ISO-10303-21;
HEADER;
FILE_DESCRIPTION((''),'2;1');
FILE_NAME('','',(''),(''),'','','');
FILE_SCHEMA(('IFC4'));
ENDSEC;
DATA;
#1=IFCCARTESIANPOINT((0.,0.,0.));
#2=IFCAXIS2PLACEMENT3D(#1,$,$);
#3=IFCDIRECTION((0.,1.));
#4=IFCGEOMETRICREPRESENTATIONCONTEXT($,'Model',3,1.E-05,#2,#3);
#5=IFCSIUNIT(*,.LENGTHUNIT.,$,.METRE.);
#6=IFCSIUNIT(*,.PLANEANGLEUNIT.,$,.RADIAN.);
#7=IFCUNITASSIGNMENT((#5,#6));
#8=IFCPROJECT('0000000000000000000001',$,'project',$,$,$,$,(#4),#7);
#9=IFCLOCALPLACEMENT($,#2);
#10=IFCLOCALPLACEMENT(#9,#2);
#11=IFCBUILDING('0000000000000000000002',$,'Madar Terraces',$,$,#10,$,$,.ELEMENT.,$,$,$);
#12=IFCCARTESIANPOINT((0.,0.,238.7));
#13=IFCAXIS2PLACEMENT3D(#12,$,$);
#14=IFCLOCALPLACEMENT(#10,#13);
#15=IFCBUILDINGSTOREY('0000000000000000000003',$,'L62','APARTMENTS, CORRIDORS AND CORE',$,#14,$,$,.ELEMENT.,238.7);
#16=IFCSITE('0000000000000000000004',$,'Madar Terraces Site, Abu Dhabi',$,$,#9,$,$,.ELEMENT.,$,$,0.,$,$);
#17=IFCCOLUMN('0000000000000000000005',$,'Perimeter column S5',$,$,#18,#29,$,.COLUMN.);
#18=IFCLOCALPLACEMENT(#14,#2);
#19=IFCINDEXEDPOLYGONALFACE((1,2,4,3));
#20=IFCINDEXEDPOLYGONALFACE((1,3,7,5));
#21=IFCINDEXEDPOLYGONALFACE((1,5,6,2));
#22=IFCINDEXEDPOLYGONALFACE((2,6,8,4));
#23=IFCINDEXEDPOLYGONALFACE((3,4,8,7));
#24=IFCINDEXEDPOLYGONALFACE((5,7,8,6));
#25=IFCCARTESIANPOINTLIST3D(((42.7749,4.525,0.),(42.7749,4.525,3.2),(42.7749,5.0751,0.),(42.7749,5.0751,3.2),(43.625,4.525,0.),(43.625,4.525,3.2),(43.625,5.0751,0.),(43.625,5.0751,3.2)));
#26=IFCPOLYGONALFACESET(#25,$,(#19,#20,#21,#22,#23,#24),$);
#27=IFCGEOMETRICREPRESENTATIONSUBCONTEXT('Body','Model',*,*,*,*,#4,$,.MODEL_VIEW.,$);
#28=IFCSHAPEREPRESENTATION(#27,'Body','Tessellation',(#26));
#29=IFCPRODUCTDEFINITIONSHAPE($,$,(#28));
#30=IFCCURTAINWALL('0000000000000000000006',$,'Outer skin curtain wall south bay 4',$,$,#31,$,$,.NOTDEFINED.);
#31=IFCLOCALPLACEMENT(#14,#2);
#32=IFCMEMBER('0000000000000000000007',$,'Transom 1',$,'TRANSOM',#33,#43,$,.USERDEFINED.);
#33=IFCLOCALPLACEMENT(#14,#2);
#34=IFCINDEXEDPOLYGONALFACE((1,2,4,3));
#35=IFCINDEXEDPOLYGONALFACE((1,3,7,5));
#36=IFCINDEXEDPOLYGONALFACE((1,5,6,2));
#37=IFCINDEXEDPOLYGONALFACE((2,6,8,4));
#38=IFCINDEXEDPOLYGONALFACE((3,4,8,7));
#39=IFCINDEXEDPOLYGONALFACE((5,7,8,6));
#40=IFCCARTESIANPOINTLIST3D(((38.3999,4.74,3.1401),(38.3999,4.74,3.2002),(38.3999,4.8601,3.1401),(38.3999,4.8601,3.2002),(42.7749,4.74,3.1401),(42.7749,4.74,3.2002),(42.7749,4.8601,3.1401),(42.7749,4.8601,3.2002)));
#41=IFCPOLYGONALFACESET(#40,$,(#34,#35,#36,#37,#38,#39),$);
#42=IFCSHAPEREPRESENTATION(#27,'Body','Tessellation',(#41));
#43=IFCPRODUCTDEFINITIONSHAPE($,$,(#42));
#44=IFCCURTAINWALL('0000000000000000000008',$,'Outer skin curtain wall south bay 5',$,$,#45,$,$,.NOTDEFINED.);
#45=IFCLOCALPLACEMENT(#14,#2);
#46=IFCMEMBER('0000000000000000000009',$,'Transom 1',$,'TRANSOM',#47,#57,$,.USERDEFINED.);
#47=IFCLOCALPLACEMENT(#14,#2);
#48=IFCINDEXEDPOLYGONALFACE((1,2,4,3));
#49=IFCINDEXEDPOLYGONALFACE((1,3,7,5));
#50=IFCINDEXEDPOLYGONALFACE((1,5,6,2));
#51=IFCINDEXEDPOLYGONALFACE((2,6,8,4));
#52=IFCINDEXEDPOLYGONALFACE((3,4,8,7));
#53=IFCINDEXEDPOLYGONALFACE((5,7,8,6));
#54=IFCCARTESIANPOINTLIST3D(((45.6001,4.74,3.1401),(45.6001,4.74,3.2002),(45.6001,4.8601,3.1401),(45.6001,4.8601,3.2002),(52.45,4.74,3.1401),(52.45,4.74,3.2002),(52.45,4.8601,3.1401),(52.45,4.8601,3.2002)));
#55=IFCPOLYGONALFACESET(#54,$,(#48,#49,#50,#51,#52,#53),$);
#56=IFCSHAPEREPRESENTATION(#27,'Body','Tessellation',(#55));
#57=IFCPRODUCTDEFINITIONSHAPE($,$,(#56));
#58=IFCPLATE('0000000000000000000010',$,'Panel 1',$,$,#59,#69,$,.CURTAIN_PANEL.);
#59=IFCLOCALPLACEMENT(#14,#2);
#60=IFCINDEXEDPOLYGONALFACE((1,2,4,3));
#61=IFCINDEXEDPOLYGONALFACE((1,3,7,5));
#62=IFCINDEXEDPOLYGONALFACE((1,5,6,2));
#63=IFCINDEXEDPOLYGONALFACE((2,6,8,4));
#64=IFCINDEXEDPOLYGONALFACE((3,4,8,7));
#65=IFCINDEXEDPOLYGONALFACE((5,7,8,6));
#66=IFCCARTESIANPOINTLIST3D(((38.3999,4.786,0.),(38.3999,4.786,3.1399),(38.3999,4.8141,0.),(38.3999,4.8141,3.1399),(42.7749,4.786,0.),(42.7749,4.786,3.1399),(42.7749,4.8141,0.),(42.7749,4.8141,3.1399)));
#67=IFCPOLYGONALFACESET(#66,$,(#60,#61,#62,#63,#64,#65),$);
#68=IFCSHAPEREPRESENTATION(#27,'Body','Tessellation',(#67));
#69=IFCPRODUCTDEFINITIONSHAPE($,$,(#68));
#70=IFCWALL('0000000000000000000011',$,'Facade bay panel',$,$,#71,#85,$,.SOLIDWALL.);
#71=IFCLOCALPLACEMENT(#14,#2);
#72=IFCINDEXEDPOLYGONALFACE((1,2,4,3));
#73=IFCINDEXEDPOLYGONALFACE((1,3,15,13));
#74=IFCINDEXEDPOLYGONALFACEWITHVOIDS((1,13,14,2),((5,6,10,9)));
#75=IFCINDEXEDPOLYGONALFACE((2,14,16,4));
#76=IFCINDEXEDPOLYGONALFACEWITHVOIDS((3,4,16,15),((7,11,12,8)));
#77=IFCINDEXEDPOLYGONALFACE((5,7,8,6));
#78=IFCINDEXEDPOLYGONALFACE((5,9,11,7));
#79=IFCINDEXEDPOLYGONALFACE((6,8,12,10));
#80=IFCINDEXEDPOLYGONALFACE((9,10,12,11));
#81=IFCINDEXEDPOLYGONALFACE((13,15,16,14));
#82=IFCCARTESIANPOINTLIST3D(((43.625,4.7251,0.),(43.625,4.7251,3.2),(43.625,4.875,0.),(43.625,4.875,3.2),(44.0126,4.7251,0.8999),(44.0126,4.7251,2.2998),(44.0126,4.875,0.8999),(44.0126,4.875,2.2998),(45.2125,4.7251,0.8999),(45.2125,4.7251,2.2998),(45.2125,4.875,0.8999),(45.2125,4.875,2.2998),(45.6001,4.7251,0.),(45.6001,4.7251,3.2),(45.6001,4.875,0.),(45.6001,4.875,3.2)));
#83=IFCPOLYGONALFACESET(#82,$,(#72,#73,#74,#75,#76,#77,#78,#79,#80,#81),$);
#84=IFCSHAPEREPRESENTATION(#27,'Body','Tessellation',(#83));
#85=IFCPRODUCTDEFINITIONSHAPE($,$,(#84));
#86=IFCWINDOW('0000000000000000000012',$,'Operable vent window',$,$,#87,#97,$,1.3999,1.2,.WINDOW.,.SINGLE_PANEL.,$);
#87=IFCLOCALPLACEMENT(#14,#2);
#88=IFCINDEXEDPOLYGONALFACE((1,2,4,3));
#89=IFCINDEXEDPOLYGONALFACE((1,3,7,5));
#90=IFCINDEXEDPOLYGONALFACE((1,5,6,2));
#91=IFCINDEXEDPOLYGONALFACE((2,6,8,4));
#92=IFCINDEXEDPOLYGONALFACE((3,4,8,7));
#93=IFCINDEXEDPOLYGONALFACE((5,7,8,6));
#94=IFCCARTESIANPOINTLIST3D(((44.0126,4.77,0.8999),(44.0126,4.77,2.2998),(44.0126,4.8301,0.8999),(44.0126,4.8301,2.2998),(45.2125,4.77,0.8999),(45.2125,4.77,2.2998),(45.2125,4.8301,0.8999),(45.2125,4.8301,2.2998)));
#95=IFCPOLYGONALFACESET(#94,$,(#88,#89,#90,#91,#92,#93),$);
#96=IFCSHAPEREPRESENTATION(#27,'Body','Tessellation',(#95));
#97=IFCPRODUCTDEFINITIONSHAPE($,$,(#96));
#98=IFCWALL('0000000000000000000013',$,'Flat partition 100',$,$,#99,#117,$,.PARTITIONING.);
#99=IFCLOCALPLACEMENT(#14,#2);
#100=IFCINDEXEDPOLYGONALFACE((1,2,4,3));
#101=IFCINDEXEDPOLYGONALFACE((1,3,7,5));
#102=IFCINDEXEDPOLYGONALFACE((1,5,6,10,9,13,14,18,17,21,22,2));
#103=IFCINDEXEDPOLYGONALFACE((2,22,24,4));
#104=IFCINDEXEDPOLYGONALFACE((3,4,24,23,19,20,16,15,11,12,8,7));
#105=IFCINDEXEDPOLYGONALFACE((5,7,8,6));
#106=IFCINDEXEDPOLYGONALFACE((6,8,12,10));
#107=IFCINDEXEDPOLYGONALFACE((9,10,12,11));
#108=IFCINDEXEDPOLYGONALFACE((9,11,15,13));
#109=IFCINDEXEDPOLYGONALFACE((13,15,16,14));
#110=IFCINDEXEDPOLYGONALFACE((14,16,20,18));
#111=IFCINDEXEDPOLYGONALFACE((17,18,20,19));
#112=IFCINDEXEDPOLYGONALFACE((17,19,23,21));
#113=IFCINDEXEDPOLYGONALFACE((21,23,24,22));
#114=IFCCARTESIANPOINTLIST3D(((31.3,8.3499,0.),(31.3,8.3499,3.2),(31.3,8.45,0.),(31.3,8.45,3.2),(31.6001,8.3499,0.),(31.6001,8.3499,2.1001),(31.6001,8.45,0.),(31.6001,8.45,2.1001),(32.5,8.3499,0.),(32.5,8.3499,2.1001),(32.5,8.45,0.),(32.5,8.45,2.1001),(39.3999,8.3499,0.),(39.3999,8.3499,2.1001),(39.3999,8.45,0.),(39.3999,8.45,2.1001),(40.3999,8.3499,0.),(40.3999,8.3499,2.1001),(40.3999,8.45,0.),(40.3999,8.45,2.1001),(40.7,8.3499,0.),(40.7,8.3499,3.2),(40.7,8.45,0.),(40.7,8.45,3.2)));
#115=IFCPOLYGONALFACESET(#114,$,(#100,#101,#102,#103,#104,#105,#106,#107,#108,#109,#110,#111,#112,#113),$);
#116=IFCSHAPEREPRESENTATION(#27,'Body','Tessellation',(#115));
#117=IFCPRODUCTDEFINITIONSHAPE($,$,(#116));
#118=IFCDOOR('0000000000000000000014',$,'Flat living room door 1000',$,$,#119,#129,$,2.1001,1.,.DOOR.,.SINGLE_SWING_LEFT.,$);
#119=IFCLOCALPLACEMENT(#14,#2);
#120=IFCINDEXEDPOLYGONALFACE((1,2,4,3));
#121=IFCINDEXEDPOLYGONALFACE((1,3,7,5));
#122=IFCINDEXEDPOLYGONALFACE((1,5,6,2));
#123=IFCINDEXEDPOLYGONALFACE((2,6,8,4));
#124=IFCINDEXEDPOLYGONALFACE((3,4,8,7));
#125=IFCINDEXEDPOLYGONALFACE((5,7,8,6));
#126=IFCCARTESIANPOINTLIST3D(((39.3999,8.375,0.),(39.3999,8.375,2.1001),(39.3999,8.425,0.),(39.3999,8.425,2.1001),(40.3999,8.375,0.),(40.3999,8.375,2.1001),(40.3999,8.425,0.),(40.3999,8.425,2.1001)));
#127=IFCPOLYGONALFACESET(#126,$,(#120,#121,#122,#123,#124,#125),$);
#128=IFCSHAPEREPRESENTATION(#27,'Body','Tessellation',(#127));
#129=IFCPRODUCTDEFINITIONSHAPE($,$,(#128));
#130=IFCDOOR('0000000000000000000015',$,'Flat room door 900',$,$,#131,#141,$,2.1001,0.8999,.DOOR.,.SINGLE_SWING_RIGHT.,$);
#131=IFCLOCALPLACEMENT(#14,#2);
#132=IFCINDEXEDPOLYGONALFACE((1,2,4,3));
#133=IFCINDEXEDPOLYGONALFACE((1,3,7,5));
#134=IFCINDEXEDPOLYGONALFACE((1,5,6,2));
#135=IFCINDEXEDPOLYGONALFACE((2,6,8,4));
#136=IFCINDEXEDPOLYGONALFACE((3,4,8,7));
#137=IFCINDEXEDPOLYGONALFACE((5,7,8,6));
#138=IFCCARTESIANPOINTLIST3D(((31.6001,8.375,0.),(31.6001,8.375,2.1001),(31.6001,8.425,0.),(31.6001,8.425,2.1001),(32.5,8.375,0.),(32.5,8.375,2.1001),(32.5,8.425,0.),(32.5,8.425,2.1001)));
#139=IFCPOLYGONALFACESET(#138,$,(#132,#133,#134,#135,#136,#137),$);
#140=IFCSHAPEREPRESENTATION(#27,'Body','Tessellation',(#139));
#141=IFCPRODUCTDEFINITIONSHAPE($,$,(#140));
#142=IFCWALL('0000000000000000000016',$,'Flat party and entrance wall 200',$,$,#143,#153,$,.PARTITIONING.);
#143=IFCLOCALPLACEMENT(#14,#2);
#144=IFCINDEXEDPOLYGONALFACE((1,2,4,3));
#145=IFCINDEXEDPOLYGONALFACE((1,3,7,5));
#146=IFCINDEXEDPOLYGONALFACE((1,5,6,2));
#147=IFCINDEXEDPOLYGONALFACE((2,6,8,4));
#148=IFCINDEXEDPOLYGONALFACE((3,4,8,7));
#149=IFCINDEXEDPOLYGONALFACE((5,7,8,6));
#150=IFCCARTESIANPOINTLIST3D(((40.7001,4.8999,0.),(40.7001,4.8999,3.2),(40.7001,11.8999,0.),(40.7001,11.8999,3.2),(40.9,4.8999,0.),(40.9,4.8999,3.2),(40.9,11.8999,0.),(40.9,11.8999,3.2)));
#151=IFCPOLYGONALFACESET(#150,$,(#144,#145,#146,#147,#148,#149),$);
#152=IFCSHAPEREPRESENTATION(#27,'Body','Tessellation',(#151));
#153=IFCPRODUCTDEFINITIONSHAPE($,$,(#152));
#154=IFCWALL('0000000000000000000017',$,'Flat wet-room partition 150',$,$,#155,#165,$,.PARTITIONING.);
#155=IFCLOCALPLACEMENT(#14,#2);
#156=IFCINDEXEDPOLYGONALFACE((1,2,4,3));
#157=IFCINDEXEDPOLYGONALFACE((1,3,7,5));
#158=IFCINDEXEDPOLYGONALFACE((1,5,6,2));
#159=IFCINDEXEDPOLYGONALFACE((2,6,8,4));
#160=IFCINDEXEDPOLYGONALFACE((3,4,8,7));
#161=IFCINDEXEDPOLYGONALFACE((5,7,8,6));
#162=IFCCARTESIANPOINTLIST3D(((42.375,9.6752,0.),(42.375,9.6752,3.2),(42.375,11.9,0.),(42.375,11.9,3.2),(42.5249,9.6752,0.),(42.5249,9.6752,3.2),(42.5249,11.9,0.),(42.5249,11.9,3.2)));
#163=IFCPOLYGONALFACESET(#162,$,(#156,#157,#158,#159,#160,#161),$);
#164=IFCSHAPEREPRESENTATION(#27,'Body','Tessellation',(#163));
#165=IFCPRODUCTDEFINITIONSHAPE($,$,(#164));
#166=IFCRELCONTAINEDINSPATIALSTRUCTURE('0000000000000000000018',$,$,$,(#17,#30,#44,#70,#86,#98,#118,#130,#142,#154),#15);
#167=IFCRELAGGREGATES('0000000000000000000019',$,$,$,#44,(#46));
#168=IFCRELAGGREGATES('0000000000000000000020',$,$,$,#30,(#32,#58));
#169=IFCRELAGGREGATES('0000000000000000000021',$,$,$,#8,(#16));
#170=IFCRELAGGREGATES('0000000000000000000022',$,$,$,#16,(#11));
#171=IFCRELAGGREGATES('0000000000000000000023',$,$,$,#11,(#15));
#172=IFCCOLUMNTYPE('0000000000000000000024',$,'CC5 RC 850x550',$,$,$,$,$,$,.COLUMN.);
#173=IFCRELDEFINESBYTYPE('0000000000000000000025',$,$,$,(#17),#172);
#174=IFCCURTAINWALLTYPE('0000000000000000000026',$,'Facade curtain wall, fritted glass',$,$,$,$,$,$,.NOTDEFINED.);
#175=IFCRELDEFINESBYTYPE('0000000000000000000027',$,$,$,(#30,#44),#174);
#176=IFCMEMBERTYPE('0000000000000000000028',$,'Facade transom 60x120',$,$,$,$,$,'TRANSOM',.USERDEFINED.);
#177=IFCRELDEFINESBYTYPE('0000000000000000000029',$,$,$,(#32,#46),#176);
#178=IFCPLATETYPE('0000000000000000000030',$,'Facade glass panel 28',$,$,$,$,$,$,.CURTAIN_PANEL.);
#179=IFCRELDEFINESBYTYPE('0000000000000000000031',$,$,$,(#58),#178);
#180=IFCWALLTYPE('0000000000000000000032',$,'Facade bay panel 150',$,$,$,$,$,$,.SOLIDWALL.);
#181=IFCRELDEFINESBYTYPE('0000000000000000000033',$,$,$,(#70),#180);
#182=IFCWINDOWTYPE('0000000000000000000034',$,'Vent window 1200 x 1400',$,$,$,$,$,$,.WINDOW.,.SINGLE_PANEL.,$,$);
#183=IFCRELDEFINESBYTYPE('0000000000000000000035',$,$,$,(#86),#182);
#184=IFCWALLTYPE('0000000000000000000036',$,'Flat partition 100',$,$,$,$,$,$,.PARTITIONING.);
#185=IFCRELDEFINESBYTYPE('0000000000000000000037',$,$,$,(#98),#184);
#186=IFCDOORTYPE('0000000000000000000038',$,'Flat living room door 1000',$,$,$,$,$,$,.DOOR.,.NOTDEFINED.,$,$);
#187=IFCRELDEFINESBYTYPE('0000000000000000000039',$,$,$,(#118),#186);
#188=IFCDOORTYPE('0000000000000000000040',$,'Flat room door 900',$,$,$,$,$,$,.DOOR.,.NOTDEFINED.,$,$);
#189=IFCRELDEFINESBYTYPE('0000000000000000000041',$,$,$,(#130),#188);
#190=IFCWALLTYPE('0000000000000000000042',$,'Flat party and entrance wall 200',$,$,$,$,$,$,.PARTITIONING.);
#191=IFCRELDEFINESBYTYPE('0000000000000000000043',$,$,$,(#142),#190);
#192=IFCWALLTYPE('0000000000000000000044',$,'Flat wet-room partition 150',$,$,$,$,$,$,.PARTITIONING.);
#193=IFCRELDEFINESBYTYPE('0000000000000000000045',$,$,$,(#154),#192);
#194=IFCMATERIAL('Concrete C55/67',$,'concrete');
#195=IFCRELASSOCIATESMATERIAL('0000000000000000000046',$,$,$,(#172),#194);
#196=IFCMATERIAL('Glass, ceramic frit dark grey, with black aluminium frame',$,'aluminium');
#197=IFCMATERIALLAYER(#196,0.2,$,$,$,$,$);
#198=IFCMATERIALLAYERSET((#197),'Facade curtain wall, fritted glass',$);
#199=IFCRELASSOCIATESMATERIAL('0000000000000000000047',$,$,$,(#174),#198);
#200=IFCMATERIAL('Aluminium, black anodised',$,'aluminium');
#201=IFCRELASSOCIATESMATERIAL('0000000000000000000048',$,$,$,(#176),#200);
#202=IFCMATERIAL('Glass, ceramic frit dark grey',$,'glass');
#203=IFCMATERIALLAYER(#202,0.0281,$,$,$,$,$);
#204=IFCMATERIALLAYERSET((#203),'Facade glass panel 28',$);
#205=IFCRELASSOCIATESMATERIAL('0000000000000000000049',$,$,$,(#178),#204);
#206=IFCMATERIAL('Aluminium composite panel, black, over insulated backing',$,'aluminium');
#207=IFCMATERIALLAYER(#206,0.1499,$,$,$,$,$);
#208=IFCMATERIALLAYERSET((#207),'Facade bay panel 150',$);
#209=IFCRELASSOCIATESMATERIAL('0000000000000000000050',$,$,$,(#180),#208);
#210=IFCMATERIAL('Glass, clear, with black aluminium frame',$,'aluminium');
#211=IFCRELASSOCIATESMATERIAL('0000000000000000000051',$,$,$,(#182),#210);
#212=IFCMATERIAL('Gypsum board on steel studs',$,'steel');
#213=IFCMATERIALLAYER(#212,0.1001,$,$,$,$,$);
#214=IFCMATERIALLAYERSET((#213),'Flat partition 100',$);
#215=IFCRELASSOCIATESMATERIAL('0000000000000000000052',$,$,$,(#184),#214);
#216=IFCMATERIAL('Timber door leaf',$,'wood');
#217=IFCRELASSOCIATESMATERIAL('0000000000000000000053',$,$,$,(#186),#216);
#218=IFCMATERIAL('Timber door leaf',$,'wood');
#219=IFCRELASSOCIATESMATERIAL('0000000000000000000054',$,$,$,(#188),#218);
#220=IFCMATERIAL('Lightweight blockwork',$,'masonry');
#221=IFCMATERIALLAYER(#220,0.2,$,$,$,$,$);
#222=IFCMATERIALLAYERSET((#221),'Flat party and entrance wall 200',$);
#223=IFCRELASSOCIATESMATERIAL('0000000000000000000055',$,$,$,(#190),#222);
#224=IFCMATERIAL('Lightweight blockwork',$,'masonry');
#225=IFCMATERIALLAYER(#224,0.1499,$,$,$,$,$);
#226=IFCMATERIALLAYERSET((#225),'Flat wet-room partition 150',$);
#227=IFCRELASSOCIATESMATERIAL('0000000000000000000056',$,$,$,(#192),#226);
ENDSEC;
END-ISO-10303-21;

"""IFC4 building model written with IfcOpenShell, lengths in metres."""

from ifc_helpers import new_model, si_unit, direction, frame, frame_2d, origin, origin_2d, place, context, subcontext, project, spatial, rectangle, extrude, material, layer, layer_set, material_profile, profile_set, type_object, element, fill, aggregate, save


model = new_model("IFC4")

# Units and contexts
model_context = context("Model", 3, precision=1e-05, world=origin(), true_north=direction((0.0, 1.0)))
body_context = subcontext(model_context, "Body", "Model", "MODEL_VIEW")
ifc_project = project(units=[si_unit("LENGTHUNIT", "METRE"), si_unit("PLANEANGLEUNIT", "RADIAN")], contexts=[model_context])

# Site, building, storey
site_placement = place(None, origin())
site = spatial("IfcSite", under=ifc_project, at=site_placement, Name="Madar Terraces Site, Abu Dhabi", CompositionType="ELEMENT", RefElevation=0.0)
building_placement = place(site_placement, origin())
building = spatial("IfcBuilding", under=site, at=building_placement, Name="Madar Terraces", CompositionType="ELEMENT")
storey_placement = place(building_placement, frame((0.0, 0.0, 238.7)))
storey = spatial("IfcBuildingStorey", under=building, at=storey_placement, Name="L62", Description="APARTMENTS, CORRIDORS AND CORE", CompositionType="ELEMENT", Elevation=238.7)

# Column
ifc_material_1 = material(Name="Concrete C55/67", Category="concrete")
ifc_material_profile_1 = material_profile(ifc_material_1, rectangle(XDim=0.8501, YDim=0.55, at=origin_2d()), Name="CC5 RC 850x550")
ifc_profile_set_1 = profile_set([ifc_material_profile_1], Name="Concrete C55/67")
column_type = type_object("IfcColumnType", Name="CC5 RC 850x550", PredefinedType="COLUMN", material=ifc_profile_set_1)
column_placement = place(storey_placement, frame((43.2, 4.8, 0.0), z_axis=(0.0, 0.0, 1.0), x_axis=(1.0, 0.0, 0.0)))
element("IfcColumn", 1, at=column_placement, inside=storey, type_object=column_type, Name="Perimeter column S5", PredefinedType="COLUMN", context=body_context, shape_type="SweptSolid", body=[
    extrude(rectangle(XDim=0.8501, YDim=0.55, at=origin_2d()), origin(), (0.0, 0.0, 1.0), 3.2),
])

# Curtain walls, members
ifc_material_2 = material(Name="Glass, ceramic frit dark grey, with black aluminium frame", Category="aluminium")
ifc_layer_1 = layer(ifc_material_2, 0.2)
ifc_layer_set_1 = layer_set([ifc_layer_1], Name="Facade curtain wall, fritted glass")
curtain_wall_type = type_object("IfcCurtainWallType", Name="Facade curtain wall, fritted glass", PredefinedType="NOTDEFINED", material=ifc_layer_set_1)
curtain_wall_1_placement = place(storey_placement, origin())
curtain_wall_1 = element("IfcCurtainWall", 2, at=curtain_wall_1_placement, inside=storey, type_object=curtain_wall_type, Name="Outer skin curtain wall south bay 4", PredefinedType="NOTDEFINED")
ifc_material_3 = material(Name="Aluminium, black anodised", Category="aluminium")
ifc_material_profile_2 = material_profile(ifc_material_3, rectangle(XDim=0.1201, YDim=0.0601, at=origin_2d()), Name="Facade transom 60x120")
ifc_profile_set_2 = profile_set([ifc_material_profile_2], Name="Aluminium, black anodised")
member_type = type_object("IfcMemberType", Name="Facade transom 60x120", ElementType="TRANSOM", PredefinedType="USERDEFINED", material=ifc_profile_set_2)
member_1_placement = place(storey_placement, frame((38.3999, 4.8, 3.1702), z_axis=(1.0, 0.0, 0.0), x_axis=(0.0, 1.0, 0.0)))
member_1 = element("IfcMember", 3, at=member_1_placement, type_object=member_type, Name="Transom 1", ObjectType="TRANSOM", PredefinedType="USERDEFINED", context=body_context, shape_type="SweptSolid", body=[
    extrude(rectangle(XDim=0.1201, YDim=0.0601, at=origin_2d()), origin(), (0.0, 0.0, 1.0), 4.375),
])
curtain_wall_2_placement = place(storey_placement, origin())
curtain_wall_2 = element("IfcCurtainWall", 4, at=curtain_wall_2_placement, inside=storey, type_object=curtain_wall_type, Name="Outer skin curtain wall south bay 5", PredefinedType="NOTDEFINED")
member_2_placement = place(storey_placement, frame((45.6001, 4.8, 3.1702), z_axis=(1.0, 0.0, 0.0), x_axis=(0.0, 1.0, 0.0)))
member_2 = element("IfcMember", 5, at=member_2_placement, type_object=member_type, Name="Transom 1", ObjectType="TRANSOM", PredefinedType="USERDEFINED", context=body_context, shape_type="SweptSolid", body=[
    extrude(rectangle(XDim=0.1201, YDim=0.0601, at=origin_2d()), origin(), (0.0, 0.0, 1.0), 6.8499),
])
aggregate(curtain_wall_2, [member_2])

# Plate
ifc_material_4 = material(Name="Glass, ceramic frit dark grey", Category="glass")
ifc_layer_2 = layer(ifc_material_4, 0.0281)
ifc_layer_set_2 = layer_set([ifc_layer_2], Name="Facade glass panel 28")
plate_type = type_object("IfcPlateType", Name="Facade glass panel 28", PredefinedType="CURTAIN_PANEL", material=ifc_layer_set_2)
plate_placement = place(storey_placement, frame((40.5874, 4.8, 0.0), z_axis=(0.0, 0.0, 1.0), x_axis=(1.0, 0.0, 0.0)))
plate = element("IfcPlate", 6, at=plate_placement, type_object=plate_type, Name="Panel 1", PredefinedType="CURTAIN_PANEL", context=body_context, shape_type="SweptSolid", body=[
    extrude(rectangle(XDim=4.375, YDim=0.0281, at=origin_2d()), origin(), (0.0, 0.0, 1.0), 3.1399),
])
aggregate(curtain_wall_1, [member_1, plate])

# Wall, opening, window
ifc_material_5 = material(Name="Aluminium composite panel, black, over insulated backing", Category="aluminium")
ifc_layer_3 = layer(ifc_material_5, 0.1499)
ifc_layer_set_3 = layer_set([ifc_layer_3], Name="Facade bay panel 150")
wall_type_1 = type_object("IfcWallType", Name="Facade bay panel 150", PredefinedType="SOLIDWALL", material=ifc_layer_set_3)
wall_1_placement = place(storey_placement, frame((43.625, 4.8, 0.0), z_axis=(0.0, 0.0, 1.0), x_axis=(1.0, 0.0, 0.0)))
wall_1 = element("IfcWall", 7, at=wall_1_placement, inside=storey, type_object=wall_type_1, Name="Facade bay panel", PredefinedType="SOLIDWALL", context=body_context, shape_type="SweptSolid", body=[
    extrude(rectangle(XDim=1.9751, YDim=0.1499, at=frame_2d((0.9875, 0.0))), origin(), (0.0, 0.0, 1.0), 3.2),
])
opening_1_placement = place(wall_1_placement, frame((0.3875, 0.0, 0.8999)))
opening_1 = element("IfcOpeningElement", 8, at=opening_1_placement, cuts=wall_1, PredefinedType="OPENING", context=body_context, shape_type="SweptSolid", body=[
    extrude(rectangle(XDim=1.2, YDim=1.3999, at=frame_2d((0.6001, 0.7))), frame((0.0, 0.085, 0.0), z_axis=(0.0, -1.0, 0.0), x_axis=(1.0, 0.0, 0.0)), (0.0, 0.0, 1.0), 0.1699),
])
ifc_material_6 = material(Name="Glass, clear, with black aluminium frame", Category="aluminium")
window_type = type_object("IfcWindowType", Name="Vent window 1200 x 1400", PartitioningType="SINGLE_PANEL", PredefinedType="WINDOW", material=ifc_material_6)
window_placement = place(opening_1_placement, origin())
window = element("IfcWindow", 9, at=window_placement, inside=storey, type_object=window_type, Name="Operable vent window", OverallHeight=1.3999, OverallWidth=1.2, PartitioningType="SINGLE_PANEL", PredefinedType="WINDOW", context=body_context, shape_type="SweptSolid", body=[
    extrude(rectangle(XDim=1.2, YDim=1.3999, at=frame_2d((0.6001, 0.7))), frame((0.0, 0.03, 0.0), z_axis=(0.0, -1.0, 0.0), x_axis=(1.0, 0.0, 0.0)), (0.0, 0.0, 1.0), 0.0601),
])
fill(opening_1, window)

# Wall, openings, doors
ifc_material_7 = material(Name="Gypsum board on steel studs", Category="steel")
ifc_layer_4 = layer(ifc_material_7, 0.1001)
ifc_layer_set_4 = layer_set([ifc_layer_4], Name="Flat partition 100")
wall_type_2 = type_object("IfcWallType", Name="Flat partition 100", PredefinedType="PARTITIONING", material=ifc_layer_set_4)
wall_2_placement = place(storey_placement, frame((40.7, 8.3999, 0.0), z_axis=(0.0, 0.0, 1.0), x_axis=(-1.0, 0.0, 0.0)))
wall_2 = element("IfcWall", 10, at=wall_2_placement, inside=storey, type_object=wall_type_2, Name="Flat partition 100", PredefinedType="PARTITIONING", context=body_context, shape_type="SweptSolid", body=[
    extrude(rectangle(XDim=9.3999, YDim=0.1001, at=frame_2d((4.7, 0.0))), origin(), (0.0, 0.0, 1.0), 3.2),
])
opening_2_placement = place(wall_2_placement, frame((8.2, 0.0, 0.0)))
opening_2 = element("IfcOpeningElement", 11, at=opening_2_placement, cuts=wall_2, PredefinedType="OPENING", context=body_context, shape_type="SweptSolid", body=[
    extrude(rectangle(XDim=0.8999, YDim=2.1001, at=frame_2d((0.45, 1.05))), frame((0.0, 0.0601, 0.0), z_axis=(0.0, -1.0, 0.0), x_axis=(1.0, 0.0, 0.0)), (0.0, 0.0, 1.0), 0.1201),
])
opening_3_placement = place(wall_2_placement, frame((0.3, 0.0, 0.0)))
opening_3 = element("IfcOpeningElement", 12, at=opening_3_placement, cuts=wall_2, PredefinedType="OPENING", context=body_context, shape_type="SweptSolid", body=[
    extrude(rectangle(XDim=1.0, YDim=2.1001, at=frame_2d((0.5, 1.05))), frame((0.0, 0.0601, 0.0), z_axis=(0.0, -1.0, 0.0), x_axis=(1.0, 0.0, 0.0)), (0.0, 0.0, 1.0), 0.1201),
])
ifc_material_8 = material(Name="Timber door leaf", Category="wood")
door_type_1 = type_object("IfcDoorType", Name="Flat living room door 1000", OperationType="NOTDEFINED", PredefinedType="DOOR", material=ifc_material_8)
door_1_placement = place(opening_3_placement, origin())
door_1 = element("IfcDoor", 13, at=door_1_placement, inside=storey, type_object=door_type_1, Name="Flat living room door 1000", OperationType="SINGLE_SWING_LEFT", OverallHeight=2.1001, OverallWidth=1.0, PredefinedType="DOOR", context=body_context, shape_type="SweptSolid", body=[
    extrude(rectangle(XDim=1.0, YDim=2.1001, at=frame_2d((0.5, 1.05))), frame((0.0, 0.0249, 0.0), z_axis=(0.0, -1.0, 0.0), x_axis=(1.0, 0.0, 0.0)), (0.0, 0.0, 1.0), 0.05),
])
fill(opening_3, door_1)
ifc_material_9 = material(Name="Timber door leaf", Category="wood")
door_type_2 = type_object("IfcDoorType", Name="Flat room door 900", OperationType="NOTDEFINED", PredefinedType="DOOR", material=ifc_material_9)
door_2_placement = place(opening_2_placement, origin())
door_2 = element("IfcDoor", 14, at=door_2_placement, inside=storey, type_object=door_type_2, Name="Flat room door 900", OperationType="SINGLE_SWING_RIGHT", OverallHeight=2.1001, OverallWidth=0.8999, PredefinedType="DOOR", context=body_context, shape_type="SweptSolid", body=[
    extrude(rectangle(XDim=0.8999, YDim=2.1001, at=frame_2d((0.45, 1.05))), frame((0.0, 0.0249, 0.0), z_axis=(0.0, -1.0, 0.0), x_axis=(1.0, 0.0, 0.0)), (0.0, 0.0, 1.0), 0.05),
])
fill(opening_2, door_2)

# Walls
ifc_material_10 = material(Name="Lightweight blockwork", Category="masonry")
ifc_layer_5 = layer(ifc_material_10, 0.2)
ifc_layer_set_5 = layer_set([ifc_layer_5], Name="Flat party and entrance wall 200")
wall_type_3 = type_object("IfcWallType", Name="Flat party and entrance wall 200", PredefinedType="PARTITIONING", material=ifc_layer_set_5)
wall_3_placement = place(storey_placement, frame((40.8, 11.8999, 0.0), z_axis=(0.0, 0.0, 1.0), x_axis=(0.0, -1.0, 0.0)))
element("IfcWall", 15, at=wall_3_placement, inside=storey, type_object=wall_type_3, Name="Flat party and entrance wall 200", PredefinedType="PARTITIONING", context=body_context, shape_type="SweptSolid", body=[
    extrude(rectangle(XDim=7.0, YDim=0.2, at=frame_2d((3.5, 0.0))), origin(), (0.0, 0.0, 1.0), 3.2),
])
ifc_material_11 = material(Name="Lightweight blockwork", Category="masonry")
ifc_layer_6 = layer(ifc_material_11, 0.1499)
ifc_layer_set_6 = layer_set([ifc_layer_6], Name="Flat wet-room partition 150")
wall_type_4 = type_object("IfcWallType", Name="Flat wet-room partition 150", PredefinedType="PARTITIONING", material=ifc_layer_set_6)
wall_4_placement = place(storey_placement, frame((42.45, 11.8999, 0.0), z_axis=(0.0, 0.0, 1.0), x_axis=(0.0, -1.0, 0.0)))
element("IfcWall", 16, at=wall_4_placement, inside=storey, type_object=wall_type_4, Name="Flat wet-room partition 150", PredefinedType="PARTITIONING", context=body_context, shape_type="SweptSolid", body=[
    extrude(rectangle(XDim=2.2249, YDim=0.1499, at=frame_2d((1.1123, 0.0))), origin(), (0.0, 0.0, 1.0), 3.2),
])

save(model, "model.ifc")
